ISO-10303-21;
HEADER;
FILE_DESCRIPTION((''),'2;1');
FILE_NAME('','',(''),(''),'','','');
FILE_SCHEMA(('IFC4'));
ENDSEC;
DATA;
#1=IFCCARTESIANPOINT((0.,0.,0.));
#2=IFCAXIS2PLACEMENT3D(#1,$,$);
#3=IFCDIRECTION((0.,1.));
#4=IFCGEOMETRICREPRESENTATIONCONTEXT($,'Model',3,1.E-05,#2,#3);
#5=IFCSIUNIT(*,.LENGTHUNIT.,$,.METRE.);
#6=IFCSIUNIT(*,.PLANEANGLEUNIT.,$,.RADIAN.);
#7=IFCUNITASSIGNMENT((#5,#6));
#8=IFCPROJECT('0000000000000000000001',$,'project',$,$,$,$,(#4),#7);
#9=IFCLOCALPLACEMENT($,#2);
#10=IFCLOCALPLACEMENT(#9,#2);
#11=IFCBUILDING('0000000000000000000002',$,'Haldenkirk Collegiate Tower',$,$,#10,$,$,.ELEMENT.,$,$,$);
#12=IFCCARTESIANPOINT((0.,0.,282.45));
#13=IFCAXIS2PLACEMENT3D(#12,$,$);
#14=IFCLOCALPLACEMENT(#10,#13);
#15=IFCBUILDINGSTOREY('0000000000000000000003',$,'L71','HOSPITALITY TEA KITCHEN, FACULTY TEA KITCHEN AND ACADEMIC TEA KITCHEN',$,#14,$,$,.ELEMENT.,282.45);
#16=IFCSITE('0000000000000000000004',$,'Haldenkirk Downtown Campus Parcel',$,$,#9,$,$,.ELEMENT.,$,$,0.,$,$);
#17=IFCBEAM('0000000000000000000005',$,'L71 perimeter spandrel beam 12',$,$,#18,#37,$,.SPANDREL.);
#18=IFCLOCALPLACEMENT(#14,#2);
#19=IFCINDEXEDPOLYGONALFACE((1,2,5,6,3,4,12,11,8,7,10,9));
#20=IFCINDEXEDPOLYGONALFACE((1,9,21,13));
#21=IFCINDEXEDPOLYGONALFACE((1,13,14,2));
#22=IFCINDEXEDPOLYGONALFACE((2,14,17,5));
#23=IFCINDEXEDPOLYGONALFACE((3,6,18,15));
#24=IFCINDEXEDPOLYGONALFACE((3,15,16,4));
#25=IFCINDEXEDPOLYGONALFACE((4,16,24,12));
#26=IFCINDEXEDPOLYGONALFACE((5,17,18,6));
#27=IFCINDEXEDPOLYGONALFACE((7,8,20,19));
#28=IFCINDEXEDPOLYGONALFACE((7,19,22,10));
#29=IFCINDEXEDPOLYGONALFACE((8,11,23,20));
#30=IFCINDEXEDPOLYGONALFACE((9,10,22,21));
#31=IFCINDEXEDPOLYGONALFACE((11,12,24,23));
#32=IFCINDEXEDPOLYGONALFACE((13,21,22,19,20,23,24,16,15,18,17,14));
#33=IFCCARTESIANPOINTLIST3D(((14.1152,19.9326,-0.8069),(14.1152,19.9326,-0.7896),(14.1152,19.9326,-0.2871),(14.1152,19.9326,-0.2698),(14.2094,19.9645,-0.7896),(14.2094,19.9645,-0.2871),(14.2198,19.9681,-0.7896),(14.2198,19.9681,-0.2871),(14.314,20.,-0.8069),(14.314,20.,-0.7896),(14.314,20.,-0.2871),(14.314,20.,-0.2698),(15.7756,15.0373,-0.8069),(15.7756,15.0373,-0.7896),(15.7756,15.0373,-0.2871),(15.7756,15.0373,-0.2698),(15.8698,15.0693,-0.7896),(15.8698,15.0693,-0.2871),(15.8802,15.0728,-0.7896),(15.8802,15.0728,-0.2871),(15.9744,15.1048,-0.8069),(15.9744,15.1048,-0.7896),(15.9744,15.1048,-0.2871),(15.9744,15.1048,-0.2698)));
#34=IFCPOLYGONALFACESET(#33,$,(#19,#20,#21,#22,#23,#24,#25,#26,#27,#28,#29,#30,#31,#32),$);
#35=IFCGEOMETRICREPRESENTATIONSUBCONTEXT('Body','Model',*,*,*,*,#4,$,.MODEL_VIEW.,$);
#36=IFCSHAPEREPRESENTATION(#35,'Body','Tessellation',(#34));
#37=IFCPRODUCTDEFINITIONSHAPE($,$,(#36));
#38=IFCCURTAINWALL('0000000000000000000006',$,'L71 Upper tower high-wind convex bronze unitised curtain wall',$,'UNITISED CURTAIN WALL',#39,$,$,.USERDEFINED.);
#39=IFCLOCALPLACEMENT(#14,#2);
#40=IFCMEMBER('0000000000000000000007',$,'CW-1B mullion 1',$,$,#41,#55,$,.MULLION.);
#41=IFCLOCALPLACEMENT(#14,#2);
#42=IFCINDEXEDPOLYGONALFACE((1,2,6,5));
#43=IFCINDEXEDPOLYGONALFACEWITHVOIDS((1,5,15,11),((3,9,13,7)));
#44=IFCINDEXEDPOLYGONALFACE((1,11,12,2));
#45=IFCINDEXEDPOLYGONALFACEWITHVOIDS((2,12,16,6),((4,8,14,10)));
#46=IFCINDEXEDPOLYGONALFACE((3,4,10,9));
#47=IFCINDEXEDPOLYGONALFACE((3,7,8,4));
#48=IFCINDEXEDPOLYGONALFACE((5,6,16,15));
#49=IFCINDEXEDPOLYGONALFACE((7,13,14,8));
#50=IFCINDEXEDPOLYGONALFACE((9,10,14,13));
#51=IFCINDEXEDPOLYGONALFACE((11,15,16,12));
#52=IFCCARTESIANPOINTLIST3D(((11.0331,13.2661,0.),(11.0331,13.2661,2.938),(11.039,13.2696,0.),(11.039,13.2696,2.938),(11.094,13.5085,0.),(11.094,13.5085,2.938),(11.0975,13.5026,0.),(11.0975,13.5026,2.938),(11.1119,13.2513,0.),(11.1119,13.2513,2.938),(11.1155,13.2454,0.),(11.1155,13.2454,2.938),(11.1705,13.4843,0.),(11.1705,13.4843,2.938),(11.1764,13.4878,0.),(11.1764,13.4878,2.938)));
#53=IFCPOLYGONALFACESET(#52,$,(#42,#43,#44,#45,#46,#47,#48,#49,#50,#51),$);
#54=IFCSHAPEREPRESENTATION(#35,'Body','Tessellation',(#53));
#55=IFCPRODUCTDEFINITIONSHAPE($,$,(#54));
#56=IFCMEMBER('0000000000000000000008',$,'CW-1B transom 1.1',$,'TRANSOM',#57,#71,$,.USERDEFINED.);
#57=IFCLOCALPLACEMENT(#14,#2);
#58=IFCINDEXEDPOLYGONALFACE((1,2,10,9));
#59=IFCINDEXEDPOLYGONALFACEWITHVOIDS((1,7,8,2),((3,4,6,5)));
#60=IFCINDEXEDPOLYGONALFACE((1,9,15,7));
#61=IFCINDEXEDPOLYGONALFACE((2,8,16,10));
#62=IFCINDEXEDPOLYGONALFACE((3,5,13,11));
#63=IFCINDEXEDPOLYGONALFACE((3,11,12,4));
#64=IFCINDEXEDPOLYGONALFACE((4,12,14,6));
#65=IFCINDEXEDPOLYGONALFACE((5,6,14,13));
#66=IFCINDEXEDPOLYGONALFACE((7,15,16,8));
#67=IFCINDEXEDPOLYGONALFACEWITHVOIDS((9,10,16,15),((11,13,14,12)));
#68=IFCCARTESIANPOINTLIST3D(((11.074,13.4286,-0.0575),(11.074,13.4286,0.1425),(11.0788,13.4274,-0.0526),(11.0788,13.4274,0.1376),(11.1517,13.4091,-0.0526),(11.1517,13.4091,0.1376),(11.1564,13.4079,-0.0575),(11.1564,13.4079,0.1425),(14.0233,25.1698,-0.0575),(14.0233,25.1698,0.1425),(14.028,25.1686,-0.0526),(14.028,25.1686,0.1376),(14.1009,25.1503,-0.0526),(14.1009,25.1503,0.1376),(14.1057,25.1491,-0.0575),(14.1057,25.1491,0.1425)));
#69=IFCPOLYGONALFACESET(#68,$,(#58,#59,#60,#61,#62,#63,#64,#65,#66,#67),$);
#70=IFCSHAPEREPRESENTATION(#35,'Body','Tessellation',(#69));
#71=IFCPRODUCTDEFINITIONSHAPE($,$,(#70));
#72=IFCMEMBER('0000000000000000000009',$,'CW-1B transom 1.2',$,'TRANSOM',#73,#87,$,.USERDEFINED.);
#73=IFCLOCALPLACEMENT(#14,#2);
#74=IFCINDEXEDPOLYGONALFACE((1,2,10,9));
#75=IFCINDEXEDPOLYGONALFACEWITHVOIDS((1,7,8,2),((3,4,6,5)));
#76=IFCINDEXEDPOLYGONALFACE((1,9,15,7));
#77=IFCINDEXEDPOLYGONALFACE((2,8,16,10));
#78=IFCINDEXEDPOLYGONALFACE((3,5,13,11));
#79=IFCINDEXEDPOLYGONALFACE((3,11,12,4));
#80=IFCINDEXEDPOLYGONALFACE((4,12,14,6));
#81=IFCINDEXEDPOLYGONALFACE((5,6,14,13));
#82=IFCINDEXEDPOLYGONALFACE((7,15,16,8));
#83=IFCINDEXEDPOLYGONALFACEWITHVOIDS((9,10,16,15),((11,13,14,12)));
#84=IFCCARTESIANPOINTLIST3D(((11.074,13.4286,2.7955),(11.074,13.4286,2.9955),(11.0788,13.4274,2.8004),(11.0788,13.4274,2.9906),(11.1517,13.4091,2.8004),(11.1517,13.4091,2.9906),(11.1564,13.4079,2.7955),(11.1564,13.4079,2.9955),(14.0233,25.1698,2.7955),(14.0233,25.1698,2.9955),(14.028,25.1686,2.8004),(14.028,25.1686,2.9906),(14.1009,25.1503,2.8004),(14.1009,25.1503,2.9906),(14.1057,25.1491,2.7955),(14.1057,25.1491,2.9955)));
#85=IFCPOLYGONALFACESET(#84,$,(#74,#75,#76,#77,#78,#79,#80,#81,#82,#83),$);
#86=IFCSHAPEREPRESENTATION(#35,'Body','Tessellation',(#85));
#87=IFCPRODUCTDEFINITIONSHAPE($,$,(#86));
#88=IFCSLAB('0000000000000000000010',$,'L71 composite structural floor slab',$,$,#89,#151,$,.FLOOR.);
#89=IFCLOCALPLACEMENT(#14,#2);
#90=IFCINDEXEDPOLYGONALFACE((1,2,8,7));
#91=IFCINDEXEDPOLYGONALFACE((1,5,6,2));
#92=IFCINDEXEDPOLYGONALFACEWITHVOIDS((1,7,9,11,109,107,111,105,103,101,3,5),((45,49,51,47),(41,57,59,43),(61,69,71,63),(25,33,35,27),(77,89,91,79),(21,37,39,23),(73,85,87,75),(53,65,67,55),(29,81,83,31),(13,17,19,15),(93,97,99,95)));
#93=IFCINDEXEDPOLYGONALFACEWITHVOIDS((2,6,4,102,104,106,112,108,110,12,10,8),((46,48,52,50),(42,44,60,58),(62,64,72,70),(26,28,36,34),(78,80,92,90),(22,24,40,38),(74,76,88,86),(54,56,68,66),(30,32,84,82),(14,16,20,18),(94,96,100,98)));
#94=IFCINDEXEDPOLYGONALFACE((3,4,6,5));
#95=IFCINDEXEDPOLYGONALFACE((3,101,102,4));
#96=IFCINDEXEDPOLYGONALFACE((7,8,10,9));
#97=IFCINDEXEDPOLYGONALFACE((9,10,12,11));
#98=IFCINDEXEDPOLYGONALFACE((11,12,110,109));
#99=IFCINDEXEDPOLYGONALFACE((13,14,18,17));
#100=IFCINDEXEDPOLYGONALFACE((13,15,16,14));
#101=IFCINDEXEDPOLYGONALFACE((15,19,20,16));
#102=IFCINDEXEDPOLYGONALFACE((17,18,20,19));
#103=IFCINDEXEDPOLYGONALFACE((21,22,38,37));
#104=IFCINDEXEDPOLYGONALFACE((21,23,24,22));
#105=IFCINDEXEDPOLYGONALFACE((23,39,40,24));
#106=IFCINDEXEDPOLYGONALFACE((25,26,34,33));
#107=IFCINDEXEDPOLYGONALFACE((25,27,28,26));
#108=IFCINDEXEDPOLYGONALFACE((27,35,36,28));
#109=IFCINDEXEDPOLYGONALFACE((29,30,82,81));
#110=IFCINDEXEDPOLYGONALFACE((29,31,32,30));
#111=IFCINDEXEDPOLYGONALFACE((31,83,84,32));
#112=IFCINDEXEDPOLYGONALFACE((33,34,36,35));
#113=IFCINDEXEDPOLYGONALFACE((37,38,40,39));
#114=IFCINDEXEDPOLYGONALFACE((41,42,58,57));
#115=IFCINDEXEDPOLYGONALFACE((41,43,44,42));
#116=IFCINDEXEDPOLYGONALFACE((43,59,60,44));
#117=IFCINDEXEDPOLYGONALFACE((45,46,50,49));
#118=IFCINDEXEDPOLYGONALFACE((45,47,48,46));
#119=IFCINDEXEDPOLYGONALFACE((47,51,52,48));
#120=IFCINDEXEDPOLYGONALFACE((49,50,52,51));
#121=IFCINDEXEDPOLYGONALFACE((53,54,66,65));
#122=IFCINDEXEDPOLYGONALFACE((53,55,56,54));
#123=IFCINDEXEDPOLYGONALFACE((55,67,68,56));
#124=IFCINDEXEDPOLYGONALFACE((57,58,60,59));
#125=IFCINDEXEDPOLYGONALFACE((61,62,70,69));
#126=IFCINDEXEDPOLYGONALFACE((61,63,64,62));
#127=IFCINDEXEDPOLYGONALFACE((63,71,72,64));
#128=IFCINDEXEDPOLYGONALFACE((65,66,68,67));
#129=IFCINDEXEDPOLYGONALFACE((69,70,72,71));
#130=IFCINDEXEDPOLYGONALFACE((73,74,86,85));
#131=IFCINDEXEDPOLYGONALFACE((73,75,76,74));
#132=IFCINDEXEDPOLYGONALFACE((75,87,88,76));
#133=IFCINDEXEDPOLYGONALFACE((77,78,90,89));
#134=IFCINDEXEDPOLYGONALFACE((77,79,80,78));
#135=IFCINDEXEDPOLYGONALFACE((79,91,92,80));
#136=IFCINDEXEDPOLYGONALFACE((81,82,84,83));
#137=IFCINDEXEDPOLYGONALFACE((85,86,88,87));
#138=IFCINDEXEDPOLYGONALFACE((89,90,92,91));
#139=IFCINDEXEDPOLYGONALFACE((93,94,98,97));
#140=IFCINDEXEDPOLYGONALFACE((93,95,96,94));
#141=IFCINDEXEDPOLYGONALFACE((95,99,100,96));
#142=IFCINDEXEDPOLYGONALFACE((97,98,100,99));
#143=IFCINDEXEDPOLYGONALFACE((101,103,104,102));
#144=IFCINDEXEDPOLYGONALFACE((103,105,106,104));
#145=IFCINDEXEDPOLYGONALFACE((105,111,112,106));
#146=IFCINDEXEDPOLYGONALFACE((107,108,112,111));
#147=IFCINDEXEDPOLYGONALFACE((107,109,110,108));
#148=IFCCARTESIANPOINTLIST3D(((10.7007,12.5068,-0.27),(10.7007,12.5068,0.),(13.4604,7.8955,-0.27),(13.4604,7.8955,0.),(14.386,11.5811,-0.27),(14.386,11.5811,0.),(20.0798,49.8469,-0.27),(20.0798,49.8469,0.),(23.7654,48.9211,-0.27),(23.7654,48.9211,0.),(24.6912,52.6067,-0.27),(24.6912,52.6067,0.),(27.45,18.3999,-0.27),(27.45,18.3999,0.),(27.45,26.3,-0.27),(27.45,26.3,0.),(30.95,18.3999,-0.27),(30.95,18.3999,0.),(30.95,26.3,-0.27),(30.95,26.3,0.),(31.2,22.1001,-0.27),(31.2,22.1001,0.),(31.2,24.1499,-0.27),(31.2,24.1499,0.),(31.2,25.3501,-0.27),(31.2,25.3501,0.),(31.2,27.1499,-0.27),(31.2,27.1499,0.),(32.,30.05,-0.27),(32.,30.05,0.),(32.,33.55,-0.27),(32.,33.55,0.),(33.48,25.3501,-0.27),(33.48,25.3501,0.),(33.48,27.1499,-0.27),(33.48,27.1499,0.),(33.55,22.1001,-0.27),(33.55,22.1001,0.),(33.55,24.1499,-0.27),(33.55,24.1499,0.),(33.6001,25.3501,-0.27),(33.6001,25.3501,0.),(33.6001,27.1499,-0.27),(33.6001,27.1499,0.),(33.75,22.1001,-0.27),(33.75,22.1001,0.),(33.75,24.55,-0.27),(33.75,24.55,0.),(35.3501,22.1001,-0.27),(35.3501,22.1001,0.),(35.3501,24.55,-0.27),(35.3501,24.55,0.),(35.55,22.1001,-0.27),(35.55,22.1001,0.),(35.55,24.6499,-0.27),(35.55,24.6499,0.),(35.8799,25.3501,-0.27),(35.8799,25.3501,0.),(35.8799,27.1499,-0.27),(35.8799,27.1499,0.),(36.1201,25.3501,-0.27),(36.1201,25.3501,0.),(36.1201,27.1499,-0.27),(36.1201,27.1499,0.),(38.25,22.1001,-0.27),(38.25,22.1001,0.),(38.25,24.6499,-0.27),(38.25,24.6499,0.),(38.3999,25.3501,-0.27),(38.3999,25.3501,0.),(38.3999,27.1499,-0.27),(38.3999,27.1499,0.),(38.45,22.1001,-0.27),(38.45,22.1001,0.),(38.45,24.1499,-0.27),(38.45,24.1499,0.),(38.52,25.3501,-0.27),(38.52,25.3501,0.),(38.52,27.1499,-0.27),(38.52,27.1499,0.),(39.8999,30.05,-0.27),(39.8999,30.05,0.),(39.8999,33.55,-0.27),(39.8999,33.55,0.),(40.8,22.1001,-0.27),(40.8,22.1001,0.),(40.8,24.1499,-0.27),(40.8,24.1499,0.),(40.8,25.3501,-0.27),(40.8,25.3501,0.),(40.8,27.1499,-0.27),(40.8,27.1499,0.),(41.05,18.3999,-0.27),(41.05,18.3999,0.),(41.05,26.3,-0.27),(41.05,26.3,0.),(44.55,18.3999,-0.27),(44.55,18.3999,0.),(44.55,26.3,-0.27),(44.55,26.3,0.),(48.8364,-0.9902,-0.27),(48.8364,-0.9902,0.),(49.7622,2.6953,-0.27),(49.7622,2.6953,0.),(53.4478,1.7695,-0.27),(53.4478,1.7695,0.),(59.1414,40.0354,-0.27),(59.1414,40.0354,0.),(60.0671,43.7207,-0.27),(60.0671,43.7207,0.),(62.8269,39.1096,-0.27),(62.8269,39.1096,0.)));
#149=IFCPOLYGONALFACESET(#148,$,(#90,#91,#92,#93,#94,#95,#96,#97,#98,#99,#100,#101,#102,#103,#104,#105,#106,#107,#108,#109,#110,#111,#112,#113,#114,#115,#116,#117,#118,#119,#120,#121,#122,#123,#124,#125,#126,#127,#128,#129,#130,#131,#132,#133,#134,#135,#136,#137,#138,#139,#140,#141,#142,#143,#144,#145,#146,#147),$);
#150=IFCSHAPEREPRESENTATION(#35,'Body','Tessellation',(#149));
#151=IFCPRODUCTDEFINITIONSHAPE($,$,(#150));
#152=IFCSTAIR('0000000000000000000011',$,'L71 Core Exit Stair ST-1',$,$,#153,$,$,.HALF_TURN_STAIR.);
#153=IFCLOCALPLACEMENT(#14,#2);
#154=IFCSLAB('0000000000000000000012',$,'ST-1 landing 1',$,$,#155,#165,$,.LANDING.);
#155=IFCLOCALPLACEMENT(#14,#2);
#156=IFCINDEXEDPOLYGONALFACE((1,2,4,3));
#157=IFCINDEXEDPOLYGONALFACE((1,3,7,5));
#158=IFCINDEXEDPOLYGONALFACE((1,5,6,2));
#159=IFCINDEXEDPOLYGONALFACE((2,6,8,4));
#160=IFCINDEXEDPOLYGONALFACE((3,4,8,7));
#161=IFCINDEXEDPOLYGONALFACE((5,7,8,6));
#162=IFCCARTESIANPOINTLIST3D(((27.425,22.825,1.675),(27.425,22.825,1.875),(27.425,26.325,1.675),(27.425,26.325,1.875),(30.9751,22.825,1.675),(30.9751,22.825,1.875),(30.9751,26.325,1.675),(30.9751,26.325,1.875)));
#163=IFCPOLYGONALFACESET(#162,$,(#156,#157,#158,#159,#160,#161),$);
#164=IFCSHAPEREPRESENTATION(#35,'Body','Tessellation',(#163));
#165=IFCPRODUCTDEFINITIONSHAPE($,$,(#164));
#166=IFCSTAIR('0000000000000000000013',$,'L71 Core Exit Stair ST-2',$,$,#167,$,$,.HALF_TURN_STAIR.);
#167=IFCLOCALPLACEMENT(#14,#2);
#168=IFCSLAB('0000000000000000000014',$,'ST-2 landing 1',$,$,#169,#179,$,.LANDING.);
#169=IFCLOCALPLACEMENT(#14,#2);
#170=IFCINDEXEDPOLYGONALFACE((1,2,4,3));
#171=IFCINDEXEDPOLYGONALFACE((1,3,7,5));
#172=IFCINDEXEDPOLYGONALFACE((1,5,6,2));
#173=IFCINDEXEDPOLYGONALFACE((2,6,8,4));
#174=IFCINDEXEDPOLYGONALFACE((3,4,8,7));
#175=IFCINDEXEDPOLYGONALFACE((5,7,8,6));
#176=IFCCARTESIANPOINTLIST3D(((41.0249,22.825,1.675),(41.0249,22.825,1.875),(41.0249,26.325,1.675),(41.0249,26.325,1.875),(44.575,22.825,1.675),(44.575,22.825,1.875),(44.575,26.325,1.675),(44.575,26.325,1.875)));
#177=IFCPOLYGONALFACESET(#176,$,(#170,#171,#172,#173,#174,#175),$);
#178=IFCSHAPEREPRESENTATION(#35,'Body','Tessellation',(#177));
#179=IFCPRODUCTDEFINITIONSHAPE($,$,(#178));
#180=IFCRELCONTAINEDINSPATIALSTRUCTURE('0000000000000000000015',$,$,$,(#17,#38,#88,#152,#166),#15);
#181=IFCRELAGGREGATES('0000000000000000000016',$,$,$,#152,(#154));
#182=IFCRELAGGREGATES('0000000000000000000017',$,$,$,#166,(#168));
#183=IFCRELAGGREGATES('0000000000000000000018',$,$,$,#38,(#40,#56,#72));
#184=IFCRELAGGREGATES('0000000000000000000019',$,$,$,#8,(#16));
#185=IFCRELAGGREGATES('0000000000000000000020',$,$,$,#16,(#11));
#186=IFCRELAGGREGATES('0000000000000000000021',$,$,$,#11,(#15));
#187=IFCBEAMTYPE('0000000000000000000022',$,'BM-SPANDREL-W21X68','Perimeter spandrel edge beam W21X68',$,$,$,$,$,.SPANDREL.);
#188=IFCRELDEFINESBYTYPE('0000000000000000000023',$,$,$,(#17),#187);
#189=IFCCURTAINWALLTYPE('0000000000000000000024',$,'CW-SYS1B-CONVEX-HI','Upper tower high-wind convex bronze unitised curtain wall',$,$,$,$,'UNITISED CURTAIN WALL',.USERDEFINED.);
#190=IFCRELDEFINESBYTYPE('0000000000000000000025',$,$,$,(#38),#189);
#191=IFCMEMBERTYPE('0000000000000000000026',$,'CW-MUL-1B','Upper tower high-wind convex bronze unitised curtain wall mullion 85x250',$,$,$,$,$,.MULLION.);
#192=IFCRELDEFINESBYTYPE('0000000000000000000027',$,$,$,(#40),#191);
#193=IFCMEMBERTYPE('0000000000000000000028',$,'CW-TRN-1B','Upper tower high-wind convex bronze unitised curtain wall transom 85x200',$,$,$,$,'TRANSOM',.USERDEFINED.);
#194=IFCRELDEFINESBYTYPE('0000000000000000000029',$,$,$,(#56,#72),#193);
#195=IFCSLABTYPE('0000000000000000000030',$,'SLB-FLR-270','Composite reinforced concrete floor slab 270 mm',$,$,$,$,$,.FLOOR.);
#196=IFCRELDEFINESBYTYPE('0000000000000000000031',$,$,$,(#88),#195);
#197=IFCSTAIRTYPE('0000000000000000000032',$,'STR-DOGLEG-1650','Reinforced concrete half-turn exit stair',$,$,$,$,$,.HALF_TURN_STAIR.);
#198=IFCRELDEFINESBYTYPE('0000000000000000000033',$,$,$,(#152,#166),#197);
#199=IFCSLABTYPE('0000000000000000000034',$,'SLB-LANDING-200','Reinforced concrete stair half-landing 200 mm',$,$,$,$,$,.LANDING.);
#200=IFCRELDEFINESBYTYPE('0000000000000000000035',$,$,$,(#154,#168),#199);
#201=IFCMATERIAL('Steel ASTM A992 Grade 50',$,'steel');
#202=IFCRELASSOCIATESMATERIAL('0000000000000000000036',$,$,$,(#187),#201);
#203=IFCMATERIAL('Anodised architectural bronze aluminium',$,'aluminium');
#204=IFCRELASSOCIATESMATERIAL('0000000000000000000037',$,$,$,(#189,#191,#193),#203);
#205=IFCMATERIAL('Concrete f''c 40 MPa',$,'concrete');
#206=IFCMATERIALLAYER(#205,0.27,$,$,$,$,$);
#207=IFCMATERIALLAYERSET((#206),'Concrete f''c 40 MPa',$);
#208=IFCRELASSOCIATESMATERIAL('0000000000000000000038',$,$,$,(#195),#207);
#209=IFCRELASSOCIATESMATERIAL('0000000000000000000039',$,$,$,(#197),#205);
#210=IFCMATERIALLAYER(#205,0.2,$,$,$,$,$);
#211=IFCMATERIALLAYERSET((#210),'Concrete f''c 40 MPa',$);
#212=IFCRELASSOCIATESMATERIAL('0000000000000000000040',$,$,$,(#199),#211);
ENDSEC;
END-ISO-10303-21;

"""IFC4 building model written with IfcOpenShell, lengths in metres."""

from ifc_helpers import new_model, si_unit, direction, frame, origin, origin_2d, place, context, subcontext, project, spatial, polyline, hollow_rectangle, i_section, outline, extrude, material, layer, layer_set, material_profile, profile_set, type_object, element, aggregate, save


model = new_model("IFC4")

# Units and contexts
model_context = context("Model", 3, precision=1e-05, world=origin(), true_north=direction((0.0, 1.0)))
body_context = subcontext(model_context, "Body", "Model", "MODEL_VIEW")
ifc_project = project(units=[si_unit("LENGTHUNIT", "METRE"), si_unit("PLANEANGLEUNIT", "RADIAN")], contexts=[model_context])

# Site, building, storey
site_placement = place(None, origin())
site = spatial("IfcSite", under=ifc_project, at=site_placement, Name="Haldenkirk Downtown Campus Parcel", CompositionType="ELEMENT", RefElevation=0.0)
building_placement = place(site_placement, origin())
building = spatial("IfcBuilding", under=site, at=building_placement, Name="Haldenkirk Collegiate Tower", CompositionType="ELEMENT")
storey_placement = place(building_placement, frame((0.0, 0.0, 282.45)))
storey = spatial("IfcBuildingStorey", under=building, at=storey_placement, Name="L71", Description="HOSPITALITY TEA KITCHEN, FACULTY TEA KITCHEN AND ACADEMIC TEA KITCHEN", CompositionType="ELEMENT", Elevation=282.45)

# Beam
ifc_material_1 = material(Name="Steel ASTM A992 Grade 50", Category="steel")
ifc_material_profile_1 = material_profile(ifc_material_1, i_section(OverallWidth=0.21, OverallDepth=0.5371, WebThickness=0.011, FlangeThickness=0.0173, at=origin_2d()), Name="W21X68")
ifc_profile_set_1 = profile_set([ifc_material_profile_1], Name="Steel ASTM A992 Grade 50")
beam_type = type_object("IfcBeamType", Name="BM-SPANDREL-W21X68", Description="Perimeter spandrel edge beam W21X68", PredefinedType="SPANDREL", material=ifc_profile_set_1)
beam_placement = place(storey_placement, frame((14.2146, 19.9663, -0.5383), z_axis=(0.321211, -0.947008, 0.0), x_axis=(0.947008, 0.321211, 0.0)))
element("IfcBeam", 1, at=beam_placement, inside=storey, type_object=beam_type, Name="L71 perimeter spandrel beam 12", PredefinedType="SPANDREL", context=body_context, shape_type="SweptSolid", body=[
    extrude(i_section(OverallWidth=0.21, OverallDepth=0.5371, WebThickness=0.011, FlangeThickness=0.0173, at=origin_2d()), origin(), (0.0, 0.0, 1.0), 5.1692),
])

# Curtain wall, members
ifc_material_2 = material(Name="Anodised architectural bronze aluminium", Category="aluminium")
curtain_wall_type = type_object("IfcCurtainWallType", Name="CW-SYS1B-CONVEX-HI", Description="Upper tower high-wind convex bronze unitised curtain wall", ElementType="UNITISED CURTAIN WALL", PredefinedType="USERDEFINED", material=ifc_material_2)
curtain_wall_placement = place(storey_placement, origin())
curtain_wall = element("IfcCurtainWall", 2, at=curtain_wall_placement, inside=storey, type_object=curtain_wall_type, Name="L71 Upper tower high-wind convex bronze unitised curtain wall", ObjectType="UNITISED CURTAIN WALL", PredefinedType="USERDEFINED")
ifc_material_profile_2 = material_profile(ifc_material_2, hollow_rectangle(XDim=0.085, YDim=0.25, WallThickness=0.0049, at=origin_2d()), Name="CW-MUL-1B")
ifc_profile_set_2 = profile_set([ifc_material_profile_2], Name="Anodised architectural bronze aluminium")
member_type_1 = type_object("IfcMemberType", Name="CW-MUL-1B", Description="Upper tower high-wind convex bronze unitised curtain wall mullion 85x250", PredefinedType="MULLION", material=ifc_profile_set_2)
member_1_placement = place(storey_placement, frame((11.1047, 13.377, 0.0), z_axis=(0.0, 0.0, 1.0), x_axis=(-0.969872, 0.243613, 0.0)))
member_1 = element("IfcMember", 3, at=member_1_placement, type_object=member_type_1, Name="CW-1B mullion 1", PredefinedType="MULLION", context=body_context, shape_type="SweptSolid", body=[
    extrude(hollow_rectangle(XDim=0.085, YDim=0.25, WallThickness=0.0049, at=origin_2d()), origin(), (0.0, 0.0, 1.0), 2.938),
])
ifc_material_profile_3 = material_profile(ifc_material_2, hollow_rectangle(XDim=0.085, YDim=0.2, WallThickness=0.0049, at=origin_2d()), Name="CW-TRN-1B")
ifc_profile_set_3 = profile_set([ifc_material_profile_3], Name="Anodised architectural bronze aluminium")
member_type_2 = type_object("IfcMemberType", Name="CW-TRN-1B", Description="Upper tower high-wind convex bronze unitised curtain wall transom 85x200", ElementType="TRANSOM", PredefinedType="USERDEFINED", material=ifc_profile_set_3)
member_2_placement = place(storey_placement, frame((11.1152, 13.4182, 0.0425), z_axis=(0.243617, 0.969871, 0.0), x_axis=(-0.969871, 0.243617, 0.0)))
member_2 = element("IfcMember", 4, at=member_2_placement, type_object=member_type_2, Name="CW-1B transom 1.1", ObjectType="TRANSOM", PredefinedType="USERDEFINED", context=body_context, shape_type="SweptSolid", body=[
    extrude(hollow_rectangle(XDim=0.085, YDim=0.2, WallThickness=0.0049, at=origin_2d()), origin(), (0.0, 0.0, 1.0), 12.106),
])
member_3_placement = place(storey_placement, frame((11.1152, 13.4182, 2.8955), z_axis=(0.243617, 0.969871, 0.0), x_axis=(-0.969871, 0.243617, 0.0)))
member_3 = element("IfcMember", 5, at=member_3_placement, type_object=member_type_2, Name="CW-1B transom 1.2", ObjectType="TRANSOM", PredefinedType="USERDEFINED", context=body_context, shape_type="SweptSolid", body=[
    extrude(hollow_rectangle(XDim=0.085, YDim=0.2, WallThickness=0.0049, at=origin_2d()), origin(), (0.0, 0.0, 1.0), 12.106),
])

# Slab
ifc_material_3 = material(Name="Concrete f'c 40 MPa", Category="concrete")
ifc_layer_1 = layer(ifc_material_3, 0.27)
ifc_layer_set_1 = layer_set([ifc_layer_1], Name="Concrete f'c 40 MPa")
slab_type_1 = type_object("IfcSlabType", Name="SLB-FLR-270", Description="Composite reinforced concrete floor slab 270 mm", PredefinedType="FLOOR", material=ifc_layer_set_1)
slab_1_placement = place(storey_placement, frame((0.0, 0.0, -0.27)))
element("IfcSlab", 6, at=slab_1_placement, inside=storey, type_object=slab_type_1, Name="L71 composite structural floor slab", PredefinedType="FLOOR", context=body_context, shape_type="SweptSolid", body=[
    extrude(outline(polyline([(53.4478, 1.7695), (62.8269, 39.1096), (59.1414, 40.0354), (60.0671, 43.7207), (24.6912, 52.6067), (23.7654, 48.9211), (20.0798, 49.8469), (10.7007, 12.5068), (14.386, 11.5811), (13.4604, 7.8955), (48.8364, -0.9902), (49.7622, 2.6953), (53.4478, 1.7695)]), holes=[polyline([(27.45, 18.3999), (30.95, 18.3999), (30.95, 26.3), (27.45, 26.3), (27.45, 18.3999)]), polyline([(41.05, 18.3999), (44.55, 18.3999), (44.55, 26.3), (41.05, 26.3), (41.05, 18.3999)]), polyline([(32.0, 30.05), (39.8999, 30.05), (39.8999, 33.55), (32.0, 33.55), (32.0, 30.05)]), polyline([(33.75, 22.1001), (35.3501, 22.1001), (35.3501, 24.55), (33.75, 24.55), (33.75, 22.1001)]), polyline([(31.2, 25.3501), (33.48, 25.3501), (33.48, 27.1499), (31.2, 27.1499), (31.2, 25.3501)]), polyline([(33.6001, 25.3501), (35.8799, 25.3501), (35.8799, 27.1499), (33.6001, 27.1499), (33.6001, 25.3501)]), polyline([(36.1201, 25.3501), (38.3999, 25.3501), (38.3999, 27.1499), (36.1201, 27.1499), (36.1201, 25.3501)]), polyline([(38.52, 25.3501), (40.8, 25.3501), (40.8, 27.1499), (38.52, 27.1499), (38.52, 25.3501)]), polyline([(31.2, 22.1001), (33.55, 22.1001), (33.55, 24.1499), (31.2, 24.1499), (31.2, 22.1001)]), polyline([(38.45, 22.1001), (40.8, 22.1001), (40.8, 24.1499), (38.45, 24.1499), (38.45, 22.1001)]), polyline([(35.55, 22.1001), (38.25, 22.1001), (38.25, 24.6499), (35.55, 24.6499), (35.55, 22.1001)])]), origin(), (0.0, 0.0, 1.0), 0.27),
])

# Stairs, slabs
stair_type = type_object("IfcStairType", Name="STR-DOGLEG-1650", Description="Reinforced concrete half-turn exit stair", PredefinedType="HALF_TURN_STAIR", material=ifc_material_3)
stair_1_placement = place(storey_placement, origin())
stair_1 = element("IfcStair", 7, at=stair_1_placement, inside=storey, type_object=stair_type, Name="L71 Core Exit Stair ST-1", PredefinedType="HALF_TURN_STAIR")
ifc_layer_2 = layer(ifc_material_3, 0.2)
ifc_layer_set_2 = layer_set([ifc_layer_2], Name="Concrete f'c 40 MPa")
slab_type_2 = type_object("IfcSlabType", Name="SLB-LANDING-200", Description="Reinforced concrete stair half-landing 200 mm", PredefinedType="LANDING", material=ifc_layer_set_2)
slab_2_placement = place(storey_placement, frame((0.0, 0.0, 1.675)))
slab_2 = element("IfcSlab", 8, at=slab_2_placement, type_object=slab_type_2, Name="ST-1 landing 1", PredefinedType="LANDING", context=body_context, shape_type="SweptSolid", body=[
    extrude(outline(polyline([(30.9751, 22.825), (27.425, 22.825), (27.425, 26.325), (30.9751, 26.325), (30.9751, 22.825)])), origin(), (0.0, 0.0, 1.0), 0.2),
])
aggregate(stair_1, [slab_2])
stair_2_placement = place(storey_placement, origin())
stair_2 = element("IfcStair", 9, at=stair_2_placement, inside=storey, type_object=stair_type, Name="L71 Core Exit Stair ST-2", PredefinedType="HALF_TURN_STAIR")
slab_3_placement = place(storey_placement, frame((0.0, 0.0, 1.675)))
slab_3 = element("IfcSlab", 10, at=slab_3_placement, type_object=slab_type_2, Name="ST-2 landing 1", PredefinedType="LANDING", context=body_context, shape_type="SweptSolid", body=[
    extrude(outline(polyline([(44.575, 22.825), (41.0249, 22.825), (41.0249, 26.325), (44.575, 26.325), (44.575, 22.825)])), origin(), (0.0, 0.0, 1.0), 0.2),
])
aggregate(stair_2, [slab_3])

aggregate(curtain_wall, [member_1, member_2, member_3])

save(model, "model.ifc")
